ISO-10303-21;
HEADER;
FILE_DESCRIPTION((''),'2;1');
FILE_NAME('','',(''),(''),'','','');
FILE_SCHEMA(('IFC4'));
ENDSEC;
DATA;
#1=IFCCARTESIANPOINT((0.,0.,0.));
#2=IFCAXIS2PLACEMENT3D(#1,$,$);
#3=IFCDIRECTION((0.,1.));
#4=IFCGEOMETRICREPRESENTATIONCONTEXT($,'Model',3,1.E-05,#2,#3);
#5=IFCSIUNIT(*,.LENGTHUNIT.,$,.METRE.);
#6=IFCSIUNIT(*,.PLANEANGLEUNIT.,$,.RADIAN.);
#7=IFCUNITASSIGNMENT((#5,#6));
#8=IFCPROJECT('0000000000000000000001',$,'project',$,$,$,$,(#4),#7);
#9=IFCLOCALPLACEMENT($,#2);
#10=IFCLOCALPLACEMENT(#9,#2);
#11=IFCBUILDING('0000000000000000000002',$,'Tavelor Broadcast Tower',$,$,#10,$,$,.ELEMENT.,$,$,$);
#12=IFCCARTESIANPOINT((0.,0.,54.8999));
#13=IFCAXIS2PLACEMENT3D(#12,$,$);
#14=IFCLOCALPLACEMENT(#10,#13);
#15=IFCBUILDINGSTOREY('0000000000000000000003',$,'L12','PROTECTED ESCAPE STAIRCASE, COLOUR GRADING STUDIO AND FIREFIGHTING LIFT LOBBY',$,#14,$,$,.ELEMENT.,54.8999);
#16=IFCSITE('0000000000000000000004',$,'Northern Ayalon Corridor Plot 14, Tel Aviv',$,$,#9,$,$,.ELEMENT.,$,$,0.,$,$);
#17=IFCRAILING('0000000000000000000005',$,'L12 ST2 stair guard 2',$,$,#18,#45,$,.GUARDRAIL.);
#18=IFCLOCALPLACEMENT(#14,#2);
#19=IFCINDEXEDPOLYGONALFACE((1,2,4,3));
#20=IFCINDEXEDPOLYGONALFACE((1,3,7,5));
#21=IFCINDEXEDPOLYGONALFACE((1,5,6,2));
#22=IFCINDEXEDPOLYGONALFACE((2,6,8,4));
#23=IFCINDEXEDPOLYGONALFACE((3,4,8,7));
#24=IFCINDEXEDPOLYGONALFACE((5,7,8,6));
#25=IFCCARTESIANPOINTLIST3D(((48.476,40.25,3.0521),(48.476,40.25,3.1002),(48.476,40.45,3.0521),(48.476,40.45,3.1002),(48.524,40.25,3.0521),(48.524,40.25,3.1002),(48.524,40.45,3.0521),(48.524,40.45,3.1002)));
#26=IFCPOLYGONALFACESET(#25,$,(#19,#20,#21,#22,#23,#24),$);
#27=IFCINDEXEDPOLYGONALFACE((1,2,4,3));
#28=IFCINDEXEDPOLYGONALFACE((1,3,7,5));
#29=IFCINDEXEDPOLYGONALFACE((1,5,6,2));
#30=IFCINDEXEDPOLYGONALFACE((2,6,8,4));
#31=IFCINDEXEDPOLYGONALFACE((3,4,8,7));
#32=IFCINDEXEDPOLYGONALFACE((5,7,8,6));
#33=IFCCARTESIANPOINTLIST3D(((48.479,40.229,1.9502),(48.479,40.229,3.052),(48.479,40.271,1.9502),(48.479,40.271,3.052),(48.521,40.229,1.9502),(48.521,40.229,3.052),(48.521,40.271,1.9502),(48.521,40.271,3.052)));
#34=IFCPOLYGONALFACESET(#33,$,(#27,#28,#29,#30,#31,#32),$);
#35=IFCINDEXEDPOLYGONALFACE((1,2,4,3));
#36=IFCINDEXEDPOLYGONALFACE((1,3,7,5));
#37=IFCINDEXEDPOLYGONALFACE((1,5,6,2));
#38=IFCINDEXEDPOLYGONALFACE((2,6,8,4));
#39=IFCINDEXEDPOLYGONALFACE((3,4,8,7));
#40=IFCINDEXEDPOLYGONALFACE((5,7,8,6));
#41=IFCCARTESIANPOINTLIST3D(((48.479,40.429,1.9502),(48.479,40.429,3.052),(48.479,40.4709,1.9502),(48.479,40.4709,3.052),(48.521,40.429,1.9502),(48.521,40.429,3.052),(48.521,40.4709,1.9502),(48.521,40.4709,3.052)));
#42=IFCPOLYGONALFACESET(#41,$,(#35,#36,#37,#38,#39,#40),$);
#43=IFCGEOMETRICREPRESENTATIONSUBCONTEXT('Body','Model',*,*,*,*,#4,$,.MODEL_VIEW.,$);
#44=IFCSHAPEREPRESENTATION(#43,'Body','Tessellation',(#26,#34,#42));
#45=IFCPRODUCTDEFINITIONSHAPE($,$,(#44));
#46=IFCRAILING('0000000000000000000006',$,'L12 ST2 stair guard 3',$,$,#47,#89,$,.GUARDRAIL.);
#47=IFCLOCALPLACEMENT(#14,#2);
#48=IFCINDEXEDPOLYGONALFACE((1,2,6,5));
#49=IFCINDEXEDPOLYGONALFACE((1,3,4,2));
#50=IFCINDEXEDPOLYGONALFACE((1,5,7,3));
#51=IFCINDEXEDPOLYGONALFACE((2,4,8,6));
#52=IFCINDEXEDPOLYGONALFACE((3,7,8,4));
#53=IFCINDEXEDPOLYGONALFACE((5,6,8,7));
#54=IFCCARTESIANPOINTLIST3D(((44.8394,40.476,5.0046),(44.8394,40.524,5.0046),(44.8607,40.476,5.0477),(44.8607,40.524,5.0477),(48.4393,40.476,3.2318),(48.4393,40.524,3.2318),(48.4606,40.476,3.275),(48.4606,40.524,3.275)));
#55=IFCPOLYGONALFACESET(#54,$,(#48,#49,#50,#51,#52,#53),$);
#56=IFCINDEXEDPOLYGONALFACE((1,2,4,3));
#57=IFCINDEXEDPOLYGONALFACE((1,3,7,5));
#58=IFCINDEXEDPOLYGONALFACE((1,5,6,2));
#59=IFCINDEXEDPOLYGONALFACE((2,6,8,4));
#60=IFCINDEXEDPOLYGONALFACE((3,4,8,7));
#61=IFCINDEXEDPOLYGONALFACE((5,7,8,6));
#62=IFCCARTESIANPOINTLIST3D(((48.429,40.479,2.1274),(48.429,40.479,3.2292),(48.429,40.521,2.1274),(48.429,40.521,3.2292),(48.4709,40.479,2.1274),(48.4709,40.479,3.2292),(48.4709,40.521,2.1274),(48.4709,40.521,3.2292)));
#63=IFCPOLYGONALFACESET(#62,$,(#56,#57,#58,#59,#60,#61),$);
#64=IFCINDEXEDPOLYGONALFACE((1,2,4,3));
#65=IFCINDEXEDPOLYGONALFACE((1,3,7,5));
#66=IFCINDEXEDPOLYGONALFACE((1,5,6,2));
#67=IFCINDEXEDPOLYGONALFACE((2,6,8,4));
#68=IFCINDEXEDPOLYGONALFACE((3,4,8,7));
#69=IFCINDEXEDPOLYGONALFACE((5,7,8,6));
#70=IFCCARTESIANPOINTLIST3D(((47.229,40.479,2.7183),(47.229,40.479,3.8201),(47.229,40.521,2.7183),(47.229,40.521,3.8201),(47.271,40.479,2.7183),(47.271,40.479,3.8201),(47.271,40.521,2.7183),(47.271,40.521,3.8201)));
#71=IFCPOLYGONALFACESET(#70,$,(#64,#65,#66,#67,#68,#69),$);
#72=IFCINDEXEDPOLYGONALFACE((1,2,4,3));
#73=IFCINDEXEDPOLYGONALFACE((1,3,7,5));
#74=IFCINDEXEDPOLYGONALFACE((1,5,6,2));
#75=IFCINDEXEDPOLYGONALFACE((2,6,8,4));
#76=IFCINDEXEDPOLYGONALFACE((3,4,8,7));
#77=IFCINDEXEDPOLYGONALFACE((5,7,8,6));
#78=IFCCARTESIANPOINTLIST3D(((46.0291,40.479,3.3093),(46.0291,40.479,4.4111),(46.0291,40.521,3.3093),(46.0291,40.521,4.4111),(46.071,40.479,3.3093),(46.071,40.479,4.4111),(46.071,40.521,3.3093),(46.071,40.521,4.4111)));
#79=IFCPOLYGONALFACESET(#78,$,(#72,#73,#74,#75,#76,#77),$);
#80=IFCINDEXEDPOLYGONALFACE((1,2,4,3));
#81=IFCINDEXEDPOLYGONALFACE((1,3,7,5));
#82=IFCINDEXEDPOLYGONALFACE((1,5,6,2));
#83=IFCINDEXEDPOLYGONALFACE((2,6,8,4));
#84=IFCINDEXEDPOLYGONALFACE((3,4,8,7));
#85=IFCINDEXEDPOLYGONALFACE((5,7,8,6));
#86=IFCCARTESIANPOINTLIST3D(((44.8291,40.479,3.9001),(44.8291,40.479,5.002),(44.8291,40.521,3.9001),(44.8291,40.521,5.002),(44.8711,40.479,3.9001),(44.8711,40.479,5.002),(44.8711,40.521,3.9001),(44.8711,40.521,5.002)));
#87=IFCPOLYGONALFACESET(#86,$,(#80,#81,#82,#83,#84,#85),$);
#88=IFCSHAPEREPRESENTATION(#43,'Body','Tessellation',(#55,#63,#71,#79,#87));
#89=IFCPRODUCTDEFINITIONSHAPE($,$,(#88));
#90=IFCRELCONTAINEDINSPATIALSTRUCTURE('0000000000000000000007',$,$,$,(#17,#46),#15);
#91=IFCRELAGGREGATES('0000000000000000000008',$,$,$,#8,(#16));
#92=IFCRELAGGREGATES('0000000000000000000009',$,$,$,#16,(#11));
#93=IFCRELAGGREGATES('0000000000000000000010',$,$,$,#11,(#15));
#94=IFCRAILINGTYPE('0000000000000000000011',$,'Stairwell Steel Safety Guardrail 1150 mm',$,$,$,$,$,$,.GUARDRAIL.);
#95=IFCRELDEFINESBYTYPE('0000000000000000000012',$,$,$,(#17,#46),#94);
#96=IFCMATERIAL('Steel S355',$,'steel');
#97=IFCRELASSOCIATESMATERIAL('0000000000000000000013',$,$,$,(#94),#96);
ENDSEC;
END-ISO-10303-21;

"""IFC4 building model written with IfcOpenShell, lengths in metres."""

from ifc_helpers import new_model, si_unit, direction, frame, origin, origin_2d, place, context, subcontext, project, spatial, rectangle, extrude, material, type_object, element, save


model = new_model("IFC4")

# Units and contexts
model_context = context("Model", 3, precision=1e-05, world=origin(), true_north=direction((0.0, 1.0)))
body_context = subcontext(model_context, "Body", "Model", "MODEL_VIEW")
ifc_project = project(units=[si_unit("LENGTHUNIT", "METRE"), si_unit("PLANEANGLEUNIT", "RADIAN")], contexts=[model_context])

# Site, building, storey
site_placement = place(None, origin())
site = spatial("IfcSite", under=ifc_project, at=site_placement, Name="Northern Ayalon Corridor Plot 14, Tel Aviv", CompositionType="ELEMENT", RefElevation=0.0)
building_placement = place(site_placement, origin())
building = spatial("IfcBuilding", under=site, at=building_placement, Name="Tavelor Broadcast Tower", CompositionType="ELEMENT")
storey_placement = place(building_placement, frame((0.0, 0.0, 54.8999)))
storey = spatial("IfcBuildingStorey", under=building, at=storey_placement, Name="L12", Description="PROTECTED ESCAPE STAIRCASE, COLOUR GRADING STUDIO AND FIREFIGHTING LIFT LOBBY", CompositionType="ELEMENT", Elevation=54.8999)

# Shared definitions
ifc_material_1 = material(Name="Steel S355", Category="steel")

# Railings
railing_type_1 = type_object("IfcRailingType", Name="Stairwell Steel Safety Guardrail 1150 mm", PredefinedType="GUARDRAIL", material=ifc_material_1)
railing_1_placement = place(storey_placement, frame((48.5, 40.25, 1.9502)))
element("IfcRailing", 1, at=railing_1_placement, inside=storey, type_object=railing_type_1, Name="L12 ST2 stair guard 2", PredefinedType="GUARDRAIL", context=body_context, shape_type="SweptSolid", body=[
    extrude(rectangle(XDim=0.0481, YDim=0.0481, at=origin_2d()), frame((0.0, 0.0, 1.126), z_axis=(0.0, 1.0, 0.0), x_axis=(-1.0, 0.0, 0.0)), (0.0, 0.0, 1.0), 0.2),
    extrude(rectangle(XDim=0.042, YDim=0.042, at=origin_2d()), origin(), (0.0, 0.0, 1.0), 1.1018),
    extrude(rectangle(XDim=0.042, YDim=0.042, at=origin_2d()), frame((0.0, 0.2, 0.0)), (0.0, 0.0, 1.0), 1.1018),
])
railing_2_placement = place(storey_placement, frame((48.45, 40.5, 2.1274)))
element("IfcRailing", 2, at=railing_2_placement, inside=storey, type_object=railing_type_1, Name="L12 ST2 stair guard 3", PredefinedType="GUARDRAIL", context=body_context, shape_type="SweptSolid", body=[
    extrude(rectangle(XDim=0.0481, YDim=0.0481, at=origin_2d()), frame((0.0, 0.0, 1.126), z_axis=(-0.897124, 0.0, 0.441778), x_axis=(0.0, -1.0, 0.0)), (0.0, 0.0, 1.0), 4.0127),
    extrude(rectangle(XDim=0.042, YDim=0.042, at=origin_2d()), origin(), (0.0, 0.0, 1.0), 1.1018),
    extrude(rectangle(XDim=0.042, YDim=0.042, at=origin_2d()), frame((-1.2, 0.0, 0.5908)), (0.0, 0.0, 1.0), 1.1018),
    extrude(rectangle(XDim=0.042, YDim=0.042, at=origin_2d()), frame((-2.3999, 0.0, 1.1819)), (0.0, 0.0, 1.0), 1.1018),
    extrude(rectangle(XDim=0.042, YDim=0.042, at=origin_2d()), frame((-3.5999, 0.0, 1.7727)), (0.0, 0.0, 1.0), 1.1018),
])

save(model, "model.ifc")
